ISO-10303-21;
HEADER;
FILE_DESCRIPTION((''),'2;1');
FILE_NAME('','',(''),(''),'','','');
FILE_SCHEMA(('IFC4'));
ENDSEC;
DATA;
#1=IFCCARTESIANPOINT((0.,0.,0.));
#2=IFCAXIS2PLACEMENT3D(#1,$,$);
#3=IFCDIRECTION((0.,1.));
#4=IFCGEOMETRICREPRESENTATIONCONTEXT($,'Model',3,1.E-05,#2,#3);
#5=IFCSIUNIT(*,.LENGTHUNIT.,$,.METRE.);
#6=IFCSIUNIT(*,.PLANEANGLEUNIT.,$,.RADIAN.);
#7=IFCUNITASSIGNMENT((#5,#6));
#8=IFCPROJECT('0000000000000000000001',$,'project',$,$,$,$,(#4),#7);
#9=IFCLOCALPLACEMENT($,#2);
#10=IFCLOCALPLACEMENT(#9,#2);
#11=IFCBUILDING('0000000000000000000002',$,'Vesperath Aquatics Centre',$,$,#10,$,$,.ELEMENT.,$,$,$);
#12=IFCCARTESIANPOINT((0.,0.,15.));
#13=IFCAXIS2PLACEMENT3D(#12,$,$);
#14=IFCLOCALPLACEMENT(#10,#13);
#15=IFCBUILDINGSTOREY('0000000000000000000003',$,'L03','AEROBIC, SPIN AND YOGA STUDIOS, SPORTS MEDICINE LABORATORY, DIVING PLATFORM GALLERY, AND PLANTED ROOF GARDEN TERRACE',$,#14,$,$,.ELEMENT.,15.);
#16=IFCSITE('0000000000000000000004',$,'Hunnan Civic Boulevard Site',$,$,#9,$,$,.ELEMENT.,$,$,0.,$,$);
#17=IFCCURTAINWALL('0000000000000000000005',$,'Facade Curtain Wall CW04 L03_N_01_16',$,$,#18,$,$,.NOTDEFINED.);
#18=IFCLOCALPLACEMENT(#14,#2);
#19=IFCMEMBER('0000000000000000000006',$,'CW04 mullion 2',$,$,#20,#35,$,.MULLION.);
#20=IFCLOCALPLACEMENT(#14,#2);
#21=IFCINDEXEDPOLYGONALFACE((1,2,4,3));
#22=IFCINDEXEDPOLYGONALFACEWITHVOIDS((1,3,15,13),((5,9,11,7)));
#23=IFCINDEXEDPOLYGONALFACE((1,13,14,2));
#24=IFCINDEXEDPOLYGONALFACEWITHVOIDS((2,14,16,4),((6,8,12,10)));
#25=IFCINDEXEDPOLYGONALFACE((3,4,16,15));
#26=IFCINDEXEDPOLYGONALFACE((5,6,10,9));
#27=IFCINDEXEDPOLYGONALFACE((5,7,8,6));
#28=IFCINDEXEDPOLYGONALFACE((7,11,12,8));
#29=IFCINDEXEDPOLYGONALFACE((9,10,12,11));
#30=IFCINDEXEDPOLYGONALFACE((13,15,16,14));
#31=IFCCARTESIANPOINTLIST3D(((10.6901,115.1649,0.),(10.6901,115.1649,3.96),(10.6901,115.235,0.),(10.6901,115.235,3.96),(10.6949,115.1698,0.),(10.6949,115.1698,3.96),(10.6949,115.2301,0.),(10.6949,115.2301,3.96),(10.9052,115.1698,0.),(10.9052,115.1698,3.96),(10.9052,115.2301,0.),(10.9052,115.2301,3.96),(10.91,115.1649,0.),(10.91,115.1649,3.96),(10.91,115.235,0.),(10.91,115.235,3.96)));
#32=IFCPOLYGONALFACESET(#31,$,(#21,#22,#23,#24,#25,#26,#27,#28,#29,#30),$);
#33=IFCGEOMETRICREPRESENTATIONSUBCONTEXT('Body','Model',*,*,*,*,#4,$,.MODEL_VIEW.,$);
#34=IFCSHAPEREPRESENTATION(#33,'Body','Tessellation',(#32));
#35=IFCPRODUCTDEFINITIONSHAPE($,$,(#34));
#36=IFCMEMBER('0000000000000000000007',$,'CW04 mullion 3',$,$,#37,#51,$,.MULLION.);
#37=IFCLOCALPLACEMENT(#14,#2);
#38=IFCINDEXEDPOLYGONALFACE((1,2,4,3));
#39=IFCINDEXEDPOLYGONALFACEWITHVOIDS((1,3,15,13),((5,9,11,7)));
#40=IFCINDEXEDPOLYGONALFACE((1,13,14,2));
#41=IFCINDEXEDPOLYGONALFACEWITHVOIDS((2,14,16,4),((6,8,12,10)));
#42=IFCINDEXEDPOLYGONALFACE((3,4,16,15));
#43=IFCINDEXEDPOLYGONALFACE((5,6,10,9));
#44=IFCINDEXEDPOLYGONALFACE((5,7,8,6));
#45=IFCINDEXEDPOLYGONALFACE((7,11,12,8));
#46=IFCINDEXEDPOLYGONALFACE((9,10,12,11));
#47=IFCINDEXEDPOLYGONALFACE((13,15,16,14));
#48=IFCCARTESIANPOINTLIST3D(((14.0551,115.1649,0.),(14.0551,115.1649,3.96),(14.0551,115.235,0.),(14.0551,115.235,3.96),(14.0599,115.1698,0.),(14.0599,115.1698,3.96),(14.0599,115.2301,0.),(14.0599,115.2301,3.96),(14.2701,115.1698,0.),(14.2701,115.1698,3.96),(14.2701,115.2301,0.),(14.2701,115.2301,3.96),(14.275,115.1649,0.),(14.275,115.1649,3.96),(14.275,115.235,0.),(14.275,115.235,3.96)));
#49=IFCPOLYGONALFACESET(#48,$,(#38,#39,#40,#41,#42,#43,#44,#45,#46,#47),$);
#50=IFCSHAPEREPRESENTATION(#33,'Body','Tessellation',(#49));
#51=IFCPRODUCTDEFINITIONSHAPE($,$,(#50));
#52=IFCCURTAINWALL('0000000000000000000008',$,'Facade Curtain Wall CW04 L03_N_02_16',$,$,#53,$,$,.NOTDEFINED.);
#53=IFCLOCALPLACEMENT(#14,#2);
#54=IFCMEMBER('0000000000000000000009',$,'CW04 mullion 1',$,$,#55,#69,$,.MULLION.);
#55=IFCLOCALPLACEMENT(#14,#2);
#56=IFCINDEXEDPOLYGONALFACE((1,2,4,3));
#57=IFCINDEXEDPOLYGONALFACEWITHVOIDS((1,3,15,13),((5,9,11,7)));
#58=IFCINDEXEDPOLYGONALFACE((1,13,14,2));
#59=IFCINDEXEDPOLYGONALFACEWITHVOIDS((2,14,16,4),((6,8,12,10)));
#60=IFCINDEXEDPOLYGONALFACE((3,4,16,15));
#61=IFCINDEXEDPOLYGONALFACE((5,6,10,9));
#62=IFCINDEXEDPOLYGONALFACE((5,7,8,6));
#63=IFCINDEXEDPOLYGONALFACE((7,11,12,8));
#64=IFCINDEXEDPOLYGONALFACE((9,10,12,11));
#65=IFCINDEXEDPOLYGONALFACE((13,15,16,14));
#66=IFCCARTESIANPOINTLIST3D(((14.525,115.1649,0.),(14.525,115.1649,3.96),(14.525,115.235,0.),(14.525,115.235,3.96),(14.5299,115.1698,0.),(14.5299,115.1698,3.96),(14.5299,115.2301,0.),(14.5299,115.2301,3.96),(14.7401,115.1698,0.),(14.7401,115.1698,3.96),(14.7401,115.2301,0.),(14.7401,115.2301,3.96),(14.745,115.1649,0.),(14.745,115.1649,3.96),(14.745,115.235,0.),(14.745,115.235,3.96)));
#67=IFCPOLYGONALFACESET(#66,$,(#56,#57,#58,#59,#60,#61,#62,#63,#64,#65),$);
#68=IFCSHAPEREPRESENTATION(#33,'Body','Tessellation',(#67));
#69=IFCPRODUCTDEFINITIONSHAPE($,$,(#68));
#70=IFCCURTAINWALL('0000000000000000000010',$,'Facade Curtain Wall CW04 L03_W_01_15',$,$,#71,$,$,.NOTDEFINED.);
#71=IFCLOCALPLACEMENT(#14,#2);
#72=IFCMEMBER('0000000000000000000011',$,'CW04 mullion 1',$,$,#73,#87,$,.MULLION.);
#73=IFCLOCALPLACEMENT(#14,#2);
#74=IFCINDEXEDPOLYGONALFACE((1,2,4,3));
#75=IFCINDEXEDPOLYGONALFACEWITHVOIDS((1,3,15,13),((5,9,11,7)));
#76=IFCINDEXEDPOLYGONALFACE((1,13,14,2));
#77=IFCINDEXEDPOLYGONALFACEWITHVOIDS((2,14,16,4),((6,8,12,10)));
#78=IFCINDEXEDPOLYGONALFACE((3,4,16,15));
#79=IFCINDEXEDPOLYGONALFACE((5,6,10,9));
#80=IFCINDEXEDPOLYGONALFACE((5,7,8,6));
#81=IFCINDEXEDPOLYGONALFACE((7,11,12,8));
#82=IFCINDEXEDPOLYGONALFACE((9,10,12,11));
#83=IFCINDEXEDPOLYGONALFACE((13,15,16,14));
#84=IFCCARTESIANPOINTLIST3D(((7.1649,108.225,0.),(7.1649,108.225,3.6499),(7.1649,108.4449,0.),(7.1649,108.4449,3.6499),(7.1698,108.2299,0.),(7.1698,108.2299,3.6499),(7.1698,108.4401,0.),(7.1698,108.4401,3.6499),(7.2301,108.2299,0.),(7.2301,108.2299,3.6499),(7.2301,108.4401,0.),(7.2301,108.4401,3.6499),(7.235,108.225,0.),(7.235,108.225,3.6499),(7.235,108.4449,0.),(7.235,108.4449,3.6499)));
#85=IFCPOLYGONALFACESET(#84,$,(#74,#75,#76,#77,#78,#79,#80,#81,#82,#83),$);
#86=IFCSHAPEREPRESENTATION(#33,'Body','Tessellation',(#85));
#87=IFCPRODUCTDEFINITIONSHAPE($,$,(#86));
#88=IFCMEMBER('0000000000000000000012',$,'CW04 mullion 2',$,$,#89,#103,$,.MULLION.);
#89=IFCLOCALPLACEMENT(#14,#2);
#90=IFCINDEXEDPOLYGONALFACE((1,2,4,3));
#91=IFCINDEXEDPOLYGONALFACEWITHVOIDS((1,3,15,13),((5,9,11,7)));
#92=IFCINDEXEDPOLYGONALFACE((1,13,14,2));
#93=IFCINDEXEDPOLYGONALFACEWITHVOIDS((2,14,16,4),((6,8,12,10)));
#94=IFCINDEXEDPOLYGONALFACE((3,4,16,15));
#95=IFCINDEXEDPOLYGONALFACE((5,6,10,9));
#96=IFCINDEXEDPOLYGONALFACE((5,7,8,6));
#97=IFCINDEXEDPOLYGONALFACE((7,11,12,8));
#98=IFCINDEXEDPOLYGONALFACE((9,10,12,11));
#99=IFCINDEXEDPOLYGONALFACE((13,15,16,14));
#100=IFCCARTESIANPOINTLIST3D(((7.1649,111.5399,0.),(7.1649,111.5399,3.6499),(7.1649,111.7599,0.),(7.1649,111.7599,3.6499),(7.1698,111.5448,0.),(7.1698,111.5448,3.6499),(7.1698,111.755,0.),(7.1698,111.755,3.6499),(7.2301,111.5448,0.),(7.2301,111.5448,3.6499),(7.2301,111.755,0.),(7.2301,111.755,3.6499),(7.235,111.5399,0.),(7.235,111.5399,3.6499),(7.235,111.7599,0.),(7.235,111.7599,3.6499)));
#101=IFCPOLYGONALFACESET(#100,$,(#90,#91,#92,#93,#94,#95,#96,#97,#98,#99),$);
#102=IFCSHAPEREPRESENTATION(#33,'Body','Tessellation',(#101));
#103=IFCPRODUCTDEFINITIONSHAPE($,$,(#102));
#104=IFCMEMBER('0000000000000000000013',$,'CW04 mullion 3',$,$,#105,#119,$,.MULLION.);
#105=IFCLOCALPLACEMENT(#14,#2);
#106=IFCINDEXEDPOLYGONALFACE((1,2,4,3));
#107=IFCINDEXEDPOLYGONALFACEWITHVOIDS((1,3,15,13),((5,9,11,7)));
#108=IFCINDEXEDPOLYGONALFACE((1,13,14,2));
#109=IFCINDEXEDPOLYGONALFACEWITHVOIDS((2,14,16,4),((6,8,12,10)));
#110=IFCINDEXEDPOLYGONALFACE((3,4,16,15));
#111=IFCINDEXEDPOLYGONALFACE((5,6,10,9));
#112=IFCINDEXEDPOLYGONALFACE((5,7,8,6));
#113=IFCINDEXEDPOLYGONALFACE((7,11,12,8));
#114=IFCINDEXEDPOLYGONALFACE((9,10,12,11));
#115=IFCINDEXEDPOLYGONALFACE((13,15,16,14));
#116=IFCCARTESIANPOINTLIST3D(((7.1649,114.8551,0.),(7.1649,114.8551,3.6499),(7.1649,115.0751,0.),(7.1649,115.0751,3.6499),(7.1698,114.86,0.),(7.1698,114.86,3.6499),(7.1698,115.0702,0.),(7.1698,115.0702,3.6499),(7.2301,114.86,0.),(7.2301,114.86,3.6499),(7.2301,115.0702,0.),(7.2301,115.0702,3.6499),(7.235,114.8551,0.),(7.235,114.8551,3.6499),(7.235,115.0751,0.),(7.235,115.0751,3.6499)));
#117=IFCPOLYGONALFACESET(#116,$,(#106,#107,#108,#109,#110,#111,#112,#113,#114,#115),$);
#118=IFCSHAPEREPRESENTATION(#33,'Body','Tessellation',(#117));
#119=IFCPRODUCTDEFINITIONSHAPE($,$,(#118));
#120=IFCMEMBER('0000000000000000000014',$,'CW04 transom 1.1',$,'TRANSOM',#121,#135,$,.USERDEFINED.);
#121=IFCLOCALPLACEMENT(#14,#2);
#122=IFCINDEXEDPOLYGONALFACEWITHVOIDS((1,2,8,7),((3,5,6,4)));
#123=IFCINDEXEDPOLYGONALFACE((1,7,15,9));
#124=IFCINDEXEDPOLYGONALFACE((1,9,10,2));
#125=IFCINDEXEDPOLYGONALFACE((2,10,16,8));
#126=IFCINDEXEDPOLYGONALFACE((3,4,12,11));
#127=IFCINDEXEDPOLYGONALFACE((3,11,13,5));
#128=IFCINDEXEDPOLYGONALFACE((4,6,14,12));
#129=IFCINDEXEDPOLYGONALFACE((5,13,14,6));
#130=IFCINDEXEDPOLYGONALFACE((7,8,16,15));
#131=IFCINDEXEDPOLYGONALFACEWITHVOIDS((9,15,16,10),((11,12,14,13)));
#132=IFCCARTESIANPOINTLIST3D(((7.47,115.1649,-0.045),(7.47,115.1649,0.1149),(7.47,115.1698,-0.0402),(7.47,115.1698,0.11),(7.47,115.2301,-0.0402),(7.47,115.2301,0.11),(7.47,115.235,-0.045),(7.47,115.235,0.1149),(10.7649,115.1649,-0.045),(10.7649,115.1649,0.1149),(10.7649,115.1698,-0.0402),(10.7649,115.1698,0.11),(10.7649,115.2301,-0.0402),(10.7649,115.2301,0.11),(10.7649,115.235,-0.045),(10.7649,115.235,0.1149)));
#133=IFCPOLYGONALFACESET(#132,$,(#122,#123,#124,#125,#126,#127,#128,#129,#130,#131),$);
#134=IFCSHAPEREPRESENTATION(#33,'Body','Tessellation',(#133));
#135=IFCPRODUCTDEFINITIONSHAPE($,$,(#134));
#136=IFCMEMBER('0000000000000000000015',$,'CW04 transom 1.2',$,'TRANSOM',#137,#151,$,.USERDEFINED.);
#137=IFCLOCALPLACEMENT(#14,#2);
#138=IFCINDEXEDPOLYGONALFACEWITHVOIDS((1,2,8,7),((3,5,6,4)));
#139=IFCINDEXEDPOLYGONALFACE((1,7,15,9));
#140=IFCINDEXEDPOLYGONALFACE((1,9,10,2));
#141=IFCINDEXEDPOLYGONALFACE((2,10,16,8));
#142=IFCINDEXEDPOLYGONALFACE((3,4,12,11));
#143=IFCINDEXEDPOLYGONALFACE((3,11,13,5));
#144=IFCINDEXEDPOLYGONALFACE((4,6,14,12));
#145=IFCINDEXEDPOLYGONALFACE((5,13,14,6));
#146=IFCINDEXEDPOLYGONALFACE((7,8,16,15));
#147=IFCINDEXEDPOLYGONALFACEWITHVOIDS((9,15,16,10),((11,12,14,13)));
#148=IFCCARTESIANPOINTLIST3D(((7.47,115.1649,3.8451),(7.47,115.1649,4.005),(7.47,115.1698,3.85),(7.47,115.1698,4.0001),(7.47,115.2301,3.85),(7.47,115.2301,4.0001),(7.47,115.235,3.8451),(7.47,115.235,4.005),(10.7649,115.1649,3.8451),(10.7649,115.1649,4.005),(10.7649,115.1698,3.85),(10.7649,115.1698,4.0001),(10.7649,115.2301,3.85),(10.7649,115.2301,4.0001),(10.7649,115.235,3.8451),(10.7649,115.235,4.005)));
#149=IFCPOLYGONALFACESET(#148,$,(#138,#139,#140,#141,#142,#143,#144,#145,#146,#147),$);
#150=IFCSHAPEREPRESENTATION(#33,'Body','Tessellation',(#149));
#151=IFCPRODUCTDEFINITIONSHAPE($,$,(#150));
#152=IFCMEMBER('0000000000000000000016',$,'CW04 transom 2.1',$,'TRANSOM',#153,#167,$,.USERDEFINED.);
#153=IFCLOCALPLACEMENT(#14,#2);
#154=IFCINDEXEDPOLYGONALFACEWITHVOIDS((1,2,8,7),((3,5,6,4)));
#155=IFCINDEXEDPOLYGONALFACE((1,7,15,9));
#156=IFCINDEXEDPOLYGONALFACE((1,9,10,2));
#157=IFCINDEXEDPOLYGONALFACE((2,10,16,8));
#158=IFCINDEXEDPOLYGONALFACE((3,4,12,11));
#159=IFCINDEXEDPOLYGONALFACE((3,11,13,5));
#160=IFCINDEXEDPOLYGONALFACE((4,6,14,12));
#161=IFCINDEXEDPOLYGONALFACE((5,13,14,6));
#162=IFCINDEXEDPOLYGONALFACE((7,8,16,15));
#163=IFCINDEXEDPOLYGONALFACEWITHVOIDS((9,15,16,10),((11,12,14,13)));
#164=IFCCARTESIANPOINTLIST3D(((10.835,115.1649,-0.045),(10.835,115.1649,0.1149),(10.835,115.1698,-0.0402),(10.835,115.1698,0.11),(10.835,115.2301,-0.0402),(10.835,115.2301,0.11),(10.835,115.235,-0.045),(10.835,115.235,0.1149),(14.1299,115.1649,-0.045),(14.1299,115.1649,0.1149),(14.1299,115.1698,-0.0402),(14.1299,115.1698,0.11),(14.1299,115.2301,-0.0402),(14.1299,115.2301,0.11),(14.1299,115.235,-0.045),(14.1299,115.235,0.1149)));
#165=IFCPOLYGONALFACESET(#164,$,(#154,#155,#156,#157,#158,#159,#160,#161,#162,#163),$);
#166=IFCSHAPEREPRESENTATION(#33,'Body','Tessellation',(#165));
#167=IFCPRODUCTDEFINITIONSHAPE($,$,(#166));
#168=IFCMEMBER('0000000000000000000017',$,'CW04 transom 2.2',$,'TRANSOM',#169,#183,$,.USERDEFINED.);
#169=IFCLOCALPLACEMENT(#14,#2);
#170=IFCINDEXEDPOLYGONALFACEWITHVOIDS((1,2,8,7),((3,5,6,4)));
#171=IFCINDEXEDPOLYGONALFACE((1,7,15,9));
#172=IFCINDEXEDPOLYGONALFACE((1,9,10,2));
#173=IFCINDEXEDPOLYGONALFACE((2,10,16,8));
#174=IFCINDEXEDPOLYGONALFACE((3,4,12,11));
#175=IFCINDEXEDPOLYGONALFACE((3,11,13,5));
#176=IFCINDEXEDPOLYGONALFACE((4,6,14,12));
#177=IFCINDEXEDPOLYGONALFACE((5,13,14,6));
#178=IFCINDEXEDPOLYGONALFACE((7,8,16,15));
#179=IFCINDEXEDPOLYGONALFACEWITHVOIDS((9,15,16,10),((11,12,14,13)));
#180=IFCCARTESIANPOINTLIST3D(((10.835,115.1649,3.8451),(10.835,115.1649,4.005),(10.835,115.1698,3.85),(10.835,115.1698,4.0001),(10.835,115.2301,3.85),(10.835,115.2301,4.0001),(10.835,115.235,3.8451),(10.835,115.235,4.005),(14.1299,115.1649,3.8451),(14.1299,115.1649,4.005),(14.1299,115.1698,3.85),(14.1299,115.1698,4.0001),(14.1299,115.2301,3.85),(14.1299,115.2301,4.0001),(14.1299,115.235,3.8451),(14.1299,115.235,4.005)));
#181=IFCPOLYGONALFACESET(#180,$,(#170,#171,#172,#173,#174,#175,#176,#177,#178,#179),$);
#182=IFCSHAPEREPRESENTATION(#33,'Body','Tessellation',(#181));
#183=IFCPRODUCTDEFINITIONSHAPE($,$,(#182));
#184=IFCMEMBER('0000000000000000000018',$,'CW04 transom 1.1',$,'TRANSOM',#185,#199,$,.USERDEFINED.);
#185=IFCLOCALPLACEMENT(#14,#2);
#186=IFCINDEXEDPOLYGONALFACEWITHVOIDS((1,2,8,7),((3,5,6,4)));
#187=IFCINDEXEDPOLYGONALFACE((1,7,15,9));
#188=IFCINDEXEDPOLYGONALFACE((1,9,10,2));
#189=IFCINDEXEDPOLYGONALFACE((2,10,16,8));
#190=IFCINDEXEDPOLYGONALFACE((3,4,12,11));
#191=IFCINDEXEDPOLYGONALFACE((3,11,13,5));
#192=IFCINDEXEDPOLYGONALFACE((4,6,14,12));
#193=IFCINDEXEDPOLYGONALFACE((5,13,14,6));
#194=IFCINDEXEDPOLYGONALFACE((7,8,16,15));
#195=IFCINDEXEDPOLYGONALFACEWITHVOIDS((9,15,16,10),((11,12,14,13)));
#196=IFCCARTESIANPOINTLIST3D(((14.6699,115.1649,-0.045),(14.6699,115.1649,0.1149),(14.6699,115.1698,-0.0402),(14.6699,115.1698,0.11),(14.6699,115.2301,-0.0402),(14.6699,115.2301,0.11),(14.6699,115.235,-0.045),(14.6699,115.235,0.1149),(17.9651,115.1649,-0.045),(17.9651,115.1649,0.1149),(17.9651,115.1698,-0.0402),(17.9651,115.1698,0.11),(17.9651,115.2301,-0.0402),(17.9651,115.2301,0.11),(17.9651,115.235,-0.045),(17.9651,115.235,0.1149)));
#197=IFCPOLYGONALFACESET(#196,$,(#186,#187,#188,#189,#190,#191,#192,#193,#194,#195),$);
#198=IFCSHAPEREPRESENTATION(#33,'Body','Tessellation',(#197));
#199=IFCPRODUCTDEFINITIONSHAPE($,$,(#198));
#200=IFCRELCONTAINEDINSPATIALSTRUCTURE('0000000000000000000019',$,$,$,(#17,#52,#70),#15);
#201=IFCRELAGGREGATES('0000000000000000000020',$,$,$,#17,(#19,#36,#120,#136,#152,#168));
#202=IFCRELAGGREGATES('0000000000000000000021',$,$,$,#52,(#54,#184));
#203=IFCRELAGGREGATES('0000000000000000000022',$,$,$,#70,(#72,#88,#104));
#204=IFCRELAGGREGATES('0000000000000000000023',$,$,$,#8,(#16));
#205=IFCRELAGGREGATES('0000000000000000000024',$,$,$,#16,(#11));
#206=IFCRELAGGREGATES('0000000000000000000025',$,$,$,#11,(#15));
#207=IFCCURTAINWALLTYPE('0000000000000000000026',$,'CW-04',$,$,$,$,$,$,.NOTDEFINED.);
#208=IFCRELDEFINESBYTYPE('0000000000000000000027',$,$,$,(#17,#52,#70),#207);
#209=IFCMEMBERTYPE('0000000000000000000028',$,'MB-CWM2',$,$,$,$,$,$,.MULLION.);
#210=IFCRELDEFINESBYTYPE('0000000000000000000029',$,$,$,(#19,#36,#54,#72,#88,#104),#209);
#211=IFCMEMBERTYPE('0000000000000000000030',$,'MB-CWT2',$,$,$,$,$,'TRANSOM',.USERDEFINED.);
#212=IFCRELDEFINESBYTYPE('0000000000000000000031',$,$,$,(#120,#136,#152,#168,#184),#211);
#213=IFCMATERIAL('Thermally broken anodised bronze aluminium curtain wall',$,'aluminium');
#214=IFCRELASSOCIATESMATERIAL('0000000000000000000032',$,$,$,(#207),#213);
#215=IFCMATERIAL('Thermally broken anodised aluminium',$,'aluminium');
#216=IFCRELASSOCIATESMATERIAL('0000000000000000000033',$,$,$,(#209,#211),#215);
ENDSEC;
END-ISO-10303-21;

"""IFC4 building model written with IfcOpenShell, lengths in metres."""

from ifc_helpers import new_model, si_unit, direction, frame, origin, origin_2d, place, context, subcontext, project, spatial, hollow_rectangle, extrude, material, material_profile, profile_set, type_object, element, aggregate, save


model = new_model("IFC4")

# Units and contexts
model_context = context("Model", 3, precision=1e-05, world=origin(), true_north=direction((0.0, 1.0)))
body_context = subcontext(model_context, "Body", "Model", "MODEL_VIEW")
ifc_project = project(units=[si_unit("LENGTHUNIT", "METRE"), si_unit("PLANEANGLEUNIT", "RADIAN")], contexts=[model_context])

# Site, building, storey
site_placement = place(None, origin())
site = spatial("IfcSite", under=ifc_project, at=site_placement, Name="Hunnan Civic Boulevard Site", CompositionType="ELEMENT", RefElevation=0.0)
building_placement = place(site_placement, origin())
building = spatial("IfcBuilding", under=site, at=building_placement, Name="Vesperath Aquatics Centre", CompositionType="ELEMENT")
storey_placement = place(building_placement, frame((0.0, 0.0, 15.0)))
storey = spatial("IfcBuildingStorey", under=building, at=storey_placement, Name="L03", Description="AEROBIC, SPIN AND YOGA STUDIOS, SPORTS MEDICINE LABORATORY, DIVING PLATFORM GALLERY, AND PLANTED ROOF GARDEN TERRACE", CompositionType="ELEMENT", Elevation=15.0)

# Curtain wall, members
ifc_material_1 = material(Name="Thermally broken anodised bronze aluminium curtain wall", Category="aluminium")
curtain_wall_type = type_object("IfcCurtainWallType", Name="CW-04", PredefinedType="NOTDEFINED", material=ifc_material_1)
curtain_wall_1_placement = place(storey_placement, origin())
curtain_wall_1 = element("IfcCurtainWall", 1, at=curtain_wall_1_placement, inside=storey, type_object=curtain_wall_type, Name="Facade Curtain Wall CW04 L03_N_01_16", PredefinedType="NOTDEFINED")
ifc_material_2 = material(Name="Thermally broken anodised aluminium", Category="aluminium")
ifc_material_profile_1 = material_profile(ifc_material_2, hollow_rectangle(XDim=0.0701, YDim=0.22, WallThickness=0.0049, at=origin_2d()), Name="CWM 70x220x5")
ifc_profile_set_1 = profile_set([ifc_material_profile_1], Name="Thermally broken anodised aluminium")
member_type_1 = type_object("IfcMemberType", Name="MB-CWM2", PredefinedType="MULLION", material=ifc_profile_set_1)
member_1_placement = place(storey_placement, frame((10.8, 115.2, 0.0), z_axis=(0.0, 0.0, 1.0), x_axis=(0.0, 1.0, 0.0)))
member_1 = element("IfcMember", 2, at=member_1_placement, type_object=member_type_1, Name="CW04 mullion 2", PredefinedType="MULLION", context=body_context, shape_type="SweptSolid", body=[
    extrude(hollow_rectangle(XDim=0.0701, YDim=0.22, WallThickness=0.0049, at=origin_2d()), origin(), (0.0, 0.0, 1.0), 3.96),
])
member_2_placement = place(storey_placement, frame((14.165, 115.2, 0.0), z_axis=(0.0, 0.0, 1.0), x_axis=(0.0, 1.0, 0.0)))
member_2 = element("IfcMember", 3, at=member_2_placement, type_object=member_type_1, Name="CW04 mullion 3", PredefinedType="MULLION", context=body_context, shape_type="SweptSolid", body=[
    extrude(hollow_rectangle(XDim=0.0701, YDim=0.22, WallThickness=0.0049, at=origin_2d()), origin(), (0.0, 0.0, 1.0), 3.96),
])

# Curtain wall, member
curtain_wall_2_placement = place(storey_placement, origin())
curtain_wall_2 = element("IfcCurtainWall", 4, at=curtain_wall_2_placement, inside=storey, type_object=curtain_wall_type, Name="Facade Curtain Wall CW04 L03_N_02_16", PredefinedType="NOTDEFINED")
member_3_placement = place(storey_placement, frame((14.635, 115.2, 0.0), z_axis=(0.0, 0.0, 1.0), x_axis=(0.0, 1.0, 0.0)))
member_3 = element("IfcMember", 5, at=member_3_placement, type_object=member_type_1, Name="CW04 mullion 1", PredefinedType="MULLION", context=body_context, shape_type="SweptSolid", body=[
    extrude(hollow_rectangle(XDim=0.0701, YDim=0.22, WallThickness=0.0049, at=origin_2d()), origin(), (0.0, 0.0, 1.0), 3.96),
])

# Curtain wall, members
curtain_wall_3_placement = place(storey_placement, origin())
curtain_wall_3 = element("IfcCurtainWall", 6, at=curtain_wall_3_placement, inside=storey, type_object=curtain_wall_type, Name="Facade Curtain Wall CW04 L03_W_01_15", PredefinedType="NOTDEFINED")
member_4_placement = place(storey_placement, frame((7.2, 108.335, 0.0), z_axis=(0.0, 0.0, 1.0), x_axis=(-1.0, 0.0, 0.0)))
member_4 = element("IfcMember", 7, at=member_4_placement, type_object=member_type_1, Name="CW04 mullion 1", PredefinedType="MULLION", context=body_context, shape_type="SweptSolid", body=[
    extrude(hollow_rectangle(XDim=0.0701, YDim=0.22, WallThickness=0.0049, at=origin_2d()), origin(), (0.0, 0.0, 1.0), 3.6499),
])
member_5_placement = place(storey_placement, frame((7.2, 111.6499, 0.0), z_axis=(0.0, 0.0, 1.0), x_axis=(-1.0, 0.0, 0.0)))
member_5 = element("IfcMember", 8, at=member_5_placement, type_object=member_type_1, Name="CW04 mullion 2", PredefinedType="MULLION", context=body_context, shape_type="SweptSolid", body=[
    extrude(hollow_rectangle(XDim=0.0701, YDim=0.22, WallThickness=0.0049, at=origin_2d()), origin(), (0.0, 0.0, 1.0), 3.6499),
])
member_6_placement = place(storey_placement, frame((7.2, 114.9651, 0.0), z_axis=(0.0, 0.0, 1.0), x_axis=(-1.0, 0.0, 0.0)))
member_6 = element("IfcMember", 9, at=member_6_placement, type_object=member_type_1, Name="CW04 mullion 3", PredefinedType="MULLION", context=body_context, shape_type="SweptSolid", body=[
    extrude(hollow_rectangle(XDim=0.0701, YDim=0.22, WallThickness=0.0049, at=origin_2d()), origin(), (0.0, 0.0, 1.0), 3.6499),
])

# Members
ifc_material_profile_2 = material_profile(ifc_material_2, hollow_rectangle(XDim=0.0701, YDim=0.1599, WallThickness=0.0049, at=origin_2d()), Name="CWT 70x160x5")
ifc_profile_set_2 = profile_set([ifc_material_profile_2], Name="Thermally broken anodised aluminium")
member_type_2 = type_object("IfcMemberType", Name="MB-CWT2", ElementType="TRANSOM", PredefinedType="USERDEFINED", material=ifc_profile_set_2)
member_7_placement = place(storey_placement, frame((7.47, 115.2, 0.0349), z_axis=(1.0, 0.0, 0.0), x_axis=(0.0, 1.0, 0.0)))
member_7 = element("IfcMember", 10, at=member_7_placement, type_object=member_type_2, Name="CW04 transom 1.1", ObjectType="TRANSOM", PredefinedType="USERDEFINED", context=body_context, shape_type="SweptSolid", body=[
    extrude(hollow_rectangle(XDim=0.0701, YDim=0.1599, WallThickness=0.0049, at=origin_2d()), origin(), (0.0, 0.0, 1.0), 3.2949),
])
member_8_placement = place(storey_placement, frame((7.47, 115.2, 3.925), z_axis=(1.0, 0.0, 0.0), x_axis=(0.0, 1.0, 0.0)))
member_8 = element("IfcMember", 11, at=member_8_placement, type_object=member_type_2, Name="CW04 transom 1.2", ObjectType="TRANSOM", PredefinedType="USERDEFINED", context=body_context, shape_type="SweptSolid", body=[
    extrude(hollow_rectangle(XDim=0.0701, YDim=0.1599, WallThickness=0.0049, at=origin_2d()), origin(), (0.0, 0.0, 1.0), 3.2949),
])
member_9_placement = place(storey_placement, frame((10.835, 115.2, 0.0349), z_axis=(1.0, 0.0, 0.0), x_axis=(0.0, 1.0, 0.0)))
member_9 = element("IfcMember", 12, at=member_9_placement, type_object=member_type_2, Name="CW04 transom 2.1", ObjectType="TRANSOM", PredefinedType="USERDEFINED", context=body_context, shape_type="SweptSolid", body=[
    extrude(hollow_rectangle(XDim=0.0701, YDim=0.1599, WallThickness=0.0049, at=origin_2d()), origin(), (0.0, 0.0, 1.0), 3.2949),
])
member_10_placement = place(storey_placement, frame((10.835, 115.2, 3.925), z_axis=(1.0, 0.0, 0.0), x_axis=(0.0, 1.0, 0.0)))
member_10 = element("IfcMember", 13, at=member_10_placement, type_object=member_type_2, Name="CW04 transom 2.2", ObjectType="TRANSOM", PredefinedType="USERDEFINED", context=body_context, shape_type="SweptSolid", body=[
    extrude(hollow_rectangle(XDim=0.0701, YDim=0.1599, WallThickness=0.0049, at=origin_2d()), origin(), (0.0, 0.0, 1.0), 3.2949),
])
member_11_placement = place(storey_placement, frame((14.6699, 115.2, 0.0349), z_axis=(1.0, 0.0, 0.0), x_axis=(0.0, 1.0, 0.0)))
member_11 = element("IfcMember", 14, at=member_11_placement, type_object=member_type_2, Name="CW04 transom 1.1", ObjectType="TRANSOM", PredefinedType="USERDEFINED", context=body_context, shape_type="SweptSolid", body=[
    extrude(hollow_rectangle(XDim=0.0701, YDim=0.1599, WallThickness=0.0049, at=origin_2d()), origin(), (0.0, 0.0, 1.0), 3.2952),
])

aggregate(curtain_wall_1, [member_1, member_2, member_7, member_8, member_9, member_10])
aggregate(curtain_wall_2, [member_3, member_11])
aggregate(curtain_wall_3, [member_4, member_5, member_6])

save(model, "model.ifc")
